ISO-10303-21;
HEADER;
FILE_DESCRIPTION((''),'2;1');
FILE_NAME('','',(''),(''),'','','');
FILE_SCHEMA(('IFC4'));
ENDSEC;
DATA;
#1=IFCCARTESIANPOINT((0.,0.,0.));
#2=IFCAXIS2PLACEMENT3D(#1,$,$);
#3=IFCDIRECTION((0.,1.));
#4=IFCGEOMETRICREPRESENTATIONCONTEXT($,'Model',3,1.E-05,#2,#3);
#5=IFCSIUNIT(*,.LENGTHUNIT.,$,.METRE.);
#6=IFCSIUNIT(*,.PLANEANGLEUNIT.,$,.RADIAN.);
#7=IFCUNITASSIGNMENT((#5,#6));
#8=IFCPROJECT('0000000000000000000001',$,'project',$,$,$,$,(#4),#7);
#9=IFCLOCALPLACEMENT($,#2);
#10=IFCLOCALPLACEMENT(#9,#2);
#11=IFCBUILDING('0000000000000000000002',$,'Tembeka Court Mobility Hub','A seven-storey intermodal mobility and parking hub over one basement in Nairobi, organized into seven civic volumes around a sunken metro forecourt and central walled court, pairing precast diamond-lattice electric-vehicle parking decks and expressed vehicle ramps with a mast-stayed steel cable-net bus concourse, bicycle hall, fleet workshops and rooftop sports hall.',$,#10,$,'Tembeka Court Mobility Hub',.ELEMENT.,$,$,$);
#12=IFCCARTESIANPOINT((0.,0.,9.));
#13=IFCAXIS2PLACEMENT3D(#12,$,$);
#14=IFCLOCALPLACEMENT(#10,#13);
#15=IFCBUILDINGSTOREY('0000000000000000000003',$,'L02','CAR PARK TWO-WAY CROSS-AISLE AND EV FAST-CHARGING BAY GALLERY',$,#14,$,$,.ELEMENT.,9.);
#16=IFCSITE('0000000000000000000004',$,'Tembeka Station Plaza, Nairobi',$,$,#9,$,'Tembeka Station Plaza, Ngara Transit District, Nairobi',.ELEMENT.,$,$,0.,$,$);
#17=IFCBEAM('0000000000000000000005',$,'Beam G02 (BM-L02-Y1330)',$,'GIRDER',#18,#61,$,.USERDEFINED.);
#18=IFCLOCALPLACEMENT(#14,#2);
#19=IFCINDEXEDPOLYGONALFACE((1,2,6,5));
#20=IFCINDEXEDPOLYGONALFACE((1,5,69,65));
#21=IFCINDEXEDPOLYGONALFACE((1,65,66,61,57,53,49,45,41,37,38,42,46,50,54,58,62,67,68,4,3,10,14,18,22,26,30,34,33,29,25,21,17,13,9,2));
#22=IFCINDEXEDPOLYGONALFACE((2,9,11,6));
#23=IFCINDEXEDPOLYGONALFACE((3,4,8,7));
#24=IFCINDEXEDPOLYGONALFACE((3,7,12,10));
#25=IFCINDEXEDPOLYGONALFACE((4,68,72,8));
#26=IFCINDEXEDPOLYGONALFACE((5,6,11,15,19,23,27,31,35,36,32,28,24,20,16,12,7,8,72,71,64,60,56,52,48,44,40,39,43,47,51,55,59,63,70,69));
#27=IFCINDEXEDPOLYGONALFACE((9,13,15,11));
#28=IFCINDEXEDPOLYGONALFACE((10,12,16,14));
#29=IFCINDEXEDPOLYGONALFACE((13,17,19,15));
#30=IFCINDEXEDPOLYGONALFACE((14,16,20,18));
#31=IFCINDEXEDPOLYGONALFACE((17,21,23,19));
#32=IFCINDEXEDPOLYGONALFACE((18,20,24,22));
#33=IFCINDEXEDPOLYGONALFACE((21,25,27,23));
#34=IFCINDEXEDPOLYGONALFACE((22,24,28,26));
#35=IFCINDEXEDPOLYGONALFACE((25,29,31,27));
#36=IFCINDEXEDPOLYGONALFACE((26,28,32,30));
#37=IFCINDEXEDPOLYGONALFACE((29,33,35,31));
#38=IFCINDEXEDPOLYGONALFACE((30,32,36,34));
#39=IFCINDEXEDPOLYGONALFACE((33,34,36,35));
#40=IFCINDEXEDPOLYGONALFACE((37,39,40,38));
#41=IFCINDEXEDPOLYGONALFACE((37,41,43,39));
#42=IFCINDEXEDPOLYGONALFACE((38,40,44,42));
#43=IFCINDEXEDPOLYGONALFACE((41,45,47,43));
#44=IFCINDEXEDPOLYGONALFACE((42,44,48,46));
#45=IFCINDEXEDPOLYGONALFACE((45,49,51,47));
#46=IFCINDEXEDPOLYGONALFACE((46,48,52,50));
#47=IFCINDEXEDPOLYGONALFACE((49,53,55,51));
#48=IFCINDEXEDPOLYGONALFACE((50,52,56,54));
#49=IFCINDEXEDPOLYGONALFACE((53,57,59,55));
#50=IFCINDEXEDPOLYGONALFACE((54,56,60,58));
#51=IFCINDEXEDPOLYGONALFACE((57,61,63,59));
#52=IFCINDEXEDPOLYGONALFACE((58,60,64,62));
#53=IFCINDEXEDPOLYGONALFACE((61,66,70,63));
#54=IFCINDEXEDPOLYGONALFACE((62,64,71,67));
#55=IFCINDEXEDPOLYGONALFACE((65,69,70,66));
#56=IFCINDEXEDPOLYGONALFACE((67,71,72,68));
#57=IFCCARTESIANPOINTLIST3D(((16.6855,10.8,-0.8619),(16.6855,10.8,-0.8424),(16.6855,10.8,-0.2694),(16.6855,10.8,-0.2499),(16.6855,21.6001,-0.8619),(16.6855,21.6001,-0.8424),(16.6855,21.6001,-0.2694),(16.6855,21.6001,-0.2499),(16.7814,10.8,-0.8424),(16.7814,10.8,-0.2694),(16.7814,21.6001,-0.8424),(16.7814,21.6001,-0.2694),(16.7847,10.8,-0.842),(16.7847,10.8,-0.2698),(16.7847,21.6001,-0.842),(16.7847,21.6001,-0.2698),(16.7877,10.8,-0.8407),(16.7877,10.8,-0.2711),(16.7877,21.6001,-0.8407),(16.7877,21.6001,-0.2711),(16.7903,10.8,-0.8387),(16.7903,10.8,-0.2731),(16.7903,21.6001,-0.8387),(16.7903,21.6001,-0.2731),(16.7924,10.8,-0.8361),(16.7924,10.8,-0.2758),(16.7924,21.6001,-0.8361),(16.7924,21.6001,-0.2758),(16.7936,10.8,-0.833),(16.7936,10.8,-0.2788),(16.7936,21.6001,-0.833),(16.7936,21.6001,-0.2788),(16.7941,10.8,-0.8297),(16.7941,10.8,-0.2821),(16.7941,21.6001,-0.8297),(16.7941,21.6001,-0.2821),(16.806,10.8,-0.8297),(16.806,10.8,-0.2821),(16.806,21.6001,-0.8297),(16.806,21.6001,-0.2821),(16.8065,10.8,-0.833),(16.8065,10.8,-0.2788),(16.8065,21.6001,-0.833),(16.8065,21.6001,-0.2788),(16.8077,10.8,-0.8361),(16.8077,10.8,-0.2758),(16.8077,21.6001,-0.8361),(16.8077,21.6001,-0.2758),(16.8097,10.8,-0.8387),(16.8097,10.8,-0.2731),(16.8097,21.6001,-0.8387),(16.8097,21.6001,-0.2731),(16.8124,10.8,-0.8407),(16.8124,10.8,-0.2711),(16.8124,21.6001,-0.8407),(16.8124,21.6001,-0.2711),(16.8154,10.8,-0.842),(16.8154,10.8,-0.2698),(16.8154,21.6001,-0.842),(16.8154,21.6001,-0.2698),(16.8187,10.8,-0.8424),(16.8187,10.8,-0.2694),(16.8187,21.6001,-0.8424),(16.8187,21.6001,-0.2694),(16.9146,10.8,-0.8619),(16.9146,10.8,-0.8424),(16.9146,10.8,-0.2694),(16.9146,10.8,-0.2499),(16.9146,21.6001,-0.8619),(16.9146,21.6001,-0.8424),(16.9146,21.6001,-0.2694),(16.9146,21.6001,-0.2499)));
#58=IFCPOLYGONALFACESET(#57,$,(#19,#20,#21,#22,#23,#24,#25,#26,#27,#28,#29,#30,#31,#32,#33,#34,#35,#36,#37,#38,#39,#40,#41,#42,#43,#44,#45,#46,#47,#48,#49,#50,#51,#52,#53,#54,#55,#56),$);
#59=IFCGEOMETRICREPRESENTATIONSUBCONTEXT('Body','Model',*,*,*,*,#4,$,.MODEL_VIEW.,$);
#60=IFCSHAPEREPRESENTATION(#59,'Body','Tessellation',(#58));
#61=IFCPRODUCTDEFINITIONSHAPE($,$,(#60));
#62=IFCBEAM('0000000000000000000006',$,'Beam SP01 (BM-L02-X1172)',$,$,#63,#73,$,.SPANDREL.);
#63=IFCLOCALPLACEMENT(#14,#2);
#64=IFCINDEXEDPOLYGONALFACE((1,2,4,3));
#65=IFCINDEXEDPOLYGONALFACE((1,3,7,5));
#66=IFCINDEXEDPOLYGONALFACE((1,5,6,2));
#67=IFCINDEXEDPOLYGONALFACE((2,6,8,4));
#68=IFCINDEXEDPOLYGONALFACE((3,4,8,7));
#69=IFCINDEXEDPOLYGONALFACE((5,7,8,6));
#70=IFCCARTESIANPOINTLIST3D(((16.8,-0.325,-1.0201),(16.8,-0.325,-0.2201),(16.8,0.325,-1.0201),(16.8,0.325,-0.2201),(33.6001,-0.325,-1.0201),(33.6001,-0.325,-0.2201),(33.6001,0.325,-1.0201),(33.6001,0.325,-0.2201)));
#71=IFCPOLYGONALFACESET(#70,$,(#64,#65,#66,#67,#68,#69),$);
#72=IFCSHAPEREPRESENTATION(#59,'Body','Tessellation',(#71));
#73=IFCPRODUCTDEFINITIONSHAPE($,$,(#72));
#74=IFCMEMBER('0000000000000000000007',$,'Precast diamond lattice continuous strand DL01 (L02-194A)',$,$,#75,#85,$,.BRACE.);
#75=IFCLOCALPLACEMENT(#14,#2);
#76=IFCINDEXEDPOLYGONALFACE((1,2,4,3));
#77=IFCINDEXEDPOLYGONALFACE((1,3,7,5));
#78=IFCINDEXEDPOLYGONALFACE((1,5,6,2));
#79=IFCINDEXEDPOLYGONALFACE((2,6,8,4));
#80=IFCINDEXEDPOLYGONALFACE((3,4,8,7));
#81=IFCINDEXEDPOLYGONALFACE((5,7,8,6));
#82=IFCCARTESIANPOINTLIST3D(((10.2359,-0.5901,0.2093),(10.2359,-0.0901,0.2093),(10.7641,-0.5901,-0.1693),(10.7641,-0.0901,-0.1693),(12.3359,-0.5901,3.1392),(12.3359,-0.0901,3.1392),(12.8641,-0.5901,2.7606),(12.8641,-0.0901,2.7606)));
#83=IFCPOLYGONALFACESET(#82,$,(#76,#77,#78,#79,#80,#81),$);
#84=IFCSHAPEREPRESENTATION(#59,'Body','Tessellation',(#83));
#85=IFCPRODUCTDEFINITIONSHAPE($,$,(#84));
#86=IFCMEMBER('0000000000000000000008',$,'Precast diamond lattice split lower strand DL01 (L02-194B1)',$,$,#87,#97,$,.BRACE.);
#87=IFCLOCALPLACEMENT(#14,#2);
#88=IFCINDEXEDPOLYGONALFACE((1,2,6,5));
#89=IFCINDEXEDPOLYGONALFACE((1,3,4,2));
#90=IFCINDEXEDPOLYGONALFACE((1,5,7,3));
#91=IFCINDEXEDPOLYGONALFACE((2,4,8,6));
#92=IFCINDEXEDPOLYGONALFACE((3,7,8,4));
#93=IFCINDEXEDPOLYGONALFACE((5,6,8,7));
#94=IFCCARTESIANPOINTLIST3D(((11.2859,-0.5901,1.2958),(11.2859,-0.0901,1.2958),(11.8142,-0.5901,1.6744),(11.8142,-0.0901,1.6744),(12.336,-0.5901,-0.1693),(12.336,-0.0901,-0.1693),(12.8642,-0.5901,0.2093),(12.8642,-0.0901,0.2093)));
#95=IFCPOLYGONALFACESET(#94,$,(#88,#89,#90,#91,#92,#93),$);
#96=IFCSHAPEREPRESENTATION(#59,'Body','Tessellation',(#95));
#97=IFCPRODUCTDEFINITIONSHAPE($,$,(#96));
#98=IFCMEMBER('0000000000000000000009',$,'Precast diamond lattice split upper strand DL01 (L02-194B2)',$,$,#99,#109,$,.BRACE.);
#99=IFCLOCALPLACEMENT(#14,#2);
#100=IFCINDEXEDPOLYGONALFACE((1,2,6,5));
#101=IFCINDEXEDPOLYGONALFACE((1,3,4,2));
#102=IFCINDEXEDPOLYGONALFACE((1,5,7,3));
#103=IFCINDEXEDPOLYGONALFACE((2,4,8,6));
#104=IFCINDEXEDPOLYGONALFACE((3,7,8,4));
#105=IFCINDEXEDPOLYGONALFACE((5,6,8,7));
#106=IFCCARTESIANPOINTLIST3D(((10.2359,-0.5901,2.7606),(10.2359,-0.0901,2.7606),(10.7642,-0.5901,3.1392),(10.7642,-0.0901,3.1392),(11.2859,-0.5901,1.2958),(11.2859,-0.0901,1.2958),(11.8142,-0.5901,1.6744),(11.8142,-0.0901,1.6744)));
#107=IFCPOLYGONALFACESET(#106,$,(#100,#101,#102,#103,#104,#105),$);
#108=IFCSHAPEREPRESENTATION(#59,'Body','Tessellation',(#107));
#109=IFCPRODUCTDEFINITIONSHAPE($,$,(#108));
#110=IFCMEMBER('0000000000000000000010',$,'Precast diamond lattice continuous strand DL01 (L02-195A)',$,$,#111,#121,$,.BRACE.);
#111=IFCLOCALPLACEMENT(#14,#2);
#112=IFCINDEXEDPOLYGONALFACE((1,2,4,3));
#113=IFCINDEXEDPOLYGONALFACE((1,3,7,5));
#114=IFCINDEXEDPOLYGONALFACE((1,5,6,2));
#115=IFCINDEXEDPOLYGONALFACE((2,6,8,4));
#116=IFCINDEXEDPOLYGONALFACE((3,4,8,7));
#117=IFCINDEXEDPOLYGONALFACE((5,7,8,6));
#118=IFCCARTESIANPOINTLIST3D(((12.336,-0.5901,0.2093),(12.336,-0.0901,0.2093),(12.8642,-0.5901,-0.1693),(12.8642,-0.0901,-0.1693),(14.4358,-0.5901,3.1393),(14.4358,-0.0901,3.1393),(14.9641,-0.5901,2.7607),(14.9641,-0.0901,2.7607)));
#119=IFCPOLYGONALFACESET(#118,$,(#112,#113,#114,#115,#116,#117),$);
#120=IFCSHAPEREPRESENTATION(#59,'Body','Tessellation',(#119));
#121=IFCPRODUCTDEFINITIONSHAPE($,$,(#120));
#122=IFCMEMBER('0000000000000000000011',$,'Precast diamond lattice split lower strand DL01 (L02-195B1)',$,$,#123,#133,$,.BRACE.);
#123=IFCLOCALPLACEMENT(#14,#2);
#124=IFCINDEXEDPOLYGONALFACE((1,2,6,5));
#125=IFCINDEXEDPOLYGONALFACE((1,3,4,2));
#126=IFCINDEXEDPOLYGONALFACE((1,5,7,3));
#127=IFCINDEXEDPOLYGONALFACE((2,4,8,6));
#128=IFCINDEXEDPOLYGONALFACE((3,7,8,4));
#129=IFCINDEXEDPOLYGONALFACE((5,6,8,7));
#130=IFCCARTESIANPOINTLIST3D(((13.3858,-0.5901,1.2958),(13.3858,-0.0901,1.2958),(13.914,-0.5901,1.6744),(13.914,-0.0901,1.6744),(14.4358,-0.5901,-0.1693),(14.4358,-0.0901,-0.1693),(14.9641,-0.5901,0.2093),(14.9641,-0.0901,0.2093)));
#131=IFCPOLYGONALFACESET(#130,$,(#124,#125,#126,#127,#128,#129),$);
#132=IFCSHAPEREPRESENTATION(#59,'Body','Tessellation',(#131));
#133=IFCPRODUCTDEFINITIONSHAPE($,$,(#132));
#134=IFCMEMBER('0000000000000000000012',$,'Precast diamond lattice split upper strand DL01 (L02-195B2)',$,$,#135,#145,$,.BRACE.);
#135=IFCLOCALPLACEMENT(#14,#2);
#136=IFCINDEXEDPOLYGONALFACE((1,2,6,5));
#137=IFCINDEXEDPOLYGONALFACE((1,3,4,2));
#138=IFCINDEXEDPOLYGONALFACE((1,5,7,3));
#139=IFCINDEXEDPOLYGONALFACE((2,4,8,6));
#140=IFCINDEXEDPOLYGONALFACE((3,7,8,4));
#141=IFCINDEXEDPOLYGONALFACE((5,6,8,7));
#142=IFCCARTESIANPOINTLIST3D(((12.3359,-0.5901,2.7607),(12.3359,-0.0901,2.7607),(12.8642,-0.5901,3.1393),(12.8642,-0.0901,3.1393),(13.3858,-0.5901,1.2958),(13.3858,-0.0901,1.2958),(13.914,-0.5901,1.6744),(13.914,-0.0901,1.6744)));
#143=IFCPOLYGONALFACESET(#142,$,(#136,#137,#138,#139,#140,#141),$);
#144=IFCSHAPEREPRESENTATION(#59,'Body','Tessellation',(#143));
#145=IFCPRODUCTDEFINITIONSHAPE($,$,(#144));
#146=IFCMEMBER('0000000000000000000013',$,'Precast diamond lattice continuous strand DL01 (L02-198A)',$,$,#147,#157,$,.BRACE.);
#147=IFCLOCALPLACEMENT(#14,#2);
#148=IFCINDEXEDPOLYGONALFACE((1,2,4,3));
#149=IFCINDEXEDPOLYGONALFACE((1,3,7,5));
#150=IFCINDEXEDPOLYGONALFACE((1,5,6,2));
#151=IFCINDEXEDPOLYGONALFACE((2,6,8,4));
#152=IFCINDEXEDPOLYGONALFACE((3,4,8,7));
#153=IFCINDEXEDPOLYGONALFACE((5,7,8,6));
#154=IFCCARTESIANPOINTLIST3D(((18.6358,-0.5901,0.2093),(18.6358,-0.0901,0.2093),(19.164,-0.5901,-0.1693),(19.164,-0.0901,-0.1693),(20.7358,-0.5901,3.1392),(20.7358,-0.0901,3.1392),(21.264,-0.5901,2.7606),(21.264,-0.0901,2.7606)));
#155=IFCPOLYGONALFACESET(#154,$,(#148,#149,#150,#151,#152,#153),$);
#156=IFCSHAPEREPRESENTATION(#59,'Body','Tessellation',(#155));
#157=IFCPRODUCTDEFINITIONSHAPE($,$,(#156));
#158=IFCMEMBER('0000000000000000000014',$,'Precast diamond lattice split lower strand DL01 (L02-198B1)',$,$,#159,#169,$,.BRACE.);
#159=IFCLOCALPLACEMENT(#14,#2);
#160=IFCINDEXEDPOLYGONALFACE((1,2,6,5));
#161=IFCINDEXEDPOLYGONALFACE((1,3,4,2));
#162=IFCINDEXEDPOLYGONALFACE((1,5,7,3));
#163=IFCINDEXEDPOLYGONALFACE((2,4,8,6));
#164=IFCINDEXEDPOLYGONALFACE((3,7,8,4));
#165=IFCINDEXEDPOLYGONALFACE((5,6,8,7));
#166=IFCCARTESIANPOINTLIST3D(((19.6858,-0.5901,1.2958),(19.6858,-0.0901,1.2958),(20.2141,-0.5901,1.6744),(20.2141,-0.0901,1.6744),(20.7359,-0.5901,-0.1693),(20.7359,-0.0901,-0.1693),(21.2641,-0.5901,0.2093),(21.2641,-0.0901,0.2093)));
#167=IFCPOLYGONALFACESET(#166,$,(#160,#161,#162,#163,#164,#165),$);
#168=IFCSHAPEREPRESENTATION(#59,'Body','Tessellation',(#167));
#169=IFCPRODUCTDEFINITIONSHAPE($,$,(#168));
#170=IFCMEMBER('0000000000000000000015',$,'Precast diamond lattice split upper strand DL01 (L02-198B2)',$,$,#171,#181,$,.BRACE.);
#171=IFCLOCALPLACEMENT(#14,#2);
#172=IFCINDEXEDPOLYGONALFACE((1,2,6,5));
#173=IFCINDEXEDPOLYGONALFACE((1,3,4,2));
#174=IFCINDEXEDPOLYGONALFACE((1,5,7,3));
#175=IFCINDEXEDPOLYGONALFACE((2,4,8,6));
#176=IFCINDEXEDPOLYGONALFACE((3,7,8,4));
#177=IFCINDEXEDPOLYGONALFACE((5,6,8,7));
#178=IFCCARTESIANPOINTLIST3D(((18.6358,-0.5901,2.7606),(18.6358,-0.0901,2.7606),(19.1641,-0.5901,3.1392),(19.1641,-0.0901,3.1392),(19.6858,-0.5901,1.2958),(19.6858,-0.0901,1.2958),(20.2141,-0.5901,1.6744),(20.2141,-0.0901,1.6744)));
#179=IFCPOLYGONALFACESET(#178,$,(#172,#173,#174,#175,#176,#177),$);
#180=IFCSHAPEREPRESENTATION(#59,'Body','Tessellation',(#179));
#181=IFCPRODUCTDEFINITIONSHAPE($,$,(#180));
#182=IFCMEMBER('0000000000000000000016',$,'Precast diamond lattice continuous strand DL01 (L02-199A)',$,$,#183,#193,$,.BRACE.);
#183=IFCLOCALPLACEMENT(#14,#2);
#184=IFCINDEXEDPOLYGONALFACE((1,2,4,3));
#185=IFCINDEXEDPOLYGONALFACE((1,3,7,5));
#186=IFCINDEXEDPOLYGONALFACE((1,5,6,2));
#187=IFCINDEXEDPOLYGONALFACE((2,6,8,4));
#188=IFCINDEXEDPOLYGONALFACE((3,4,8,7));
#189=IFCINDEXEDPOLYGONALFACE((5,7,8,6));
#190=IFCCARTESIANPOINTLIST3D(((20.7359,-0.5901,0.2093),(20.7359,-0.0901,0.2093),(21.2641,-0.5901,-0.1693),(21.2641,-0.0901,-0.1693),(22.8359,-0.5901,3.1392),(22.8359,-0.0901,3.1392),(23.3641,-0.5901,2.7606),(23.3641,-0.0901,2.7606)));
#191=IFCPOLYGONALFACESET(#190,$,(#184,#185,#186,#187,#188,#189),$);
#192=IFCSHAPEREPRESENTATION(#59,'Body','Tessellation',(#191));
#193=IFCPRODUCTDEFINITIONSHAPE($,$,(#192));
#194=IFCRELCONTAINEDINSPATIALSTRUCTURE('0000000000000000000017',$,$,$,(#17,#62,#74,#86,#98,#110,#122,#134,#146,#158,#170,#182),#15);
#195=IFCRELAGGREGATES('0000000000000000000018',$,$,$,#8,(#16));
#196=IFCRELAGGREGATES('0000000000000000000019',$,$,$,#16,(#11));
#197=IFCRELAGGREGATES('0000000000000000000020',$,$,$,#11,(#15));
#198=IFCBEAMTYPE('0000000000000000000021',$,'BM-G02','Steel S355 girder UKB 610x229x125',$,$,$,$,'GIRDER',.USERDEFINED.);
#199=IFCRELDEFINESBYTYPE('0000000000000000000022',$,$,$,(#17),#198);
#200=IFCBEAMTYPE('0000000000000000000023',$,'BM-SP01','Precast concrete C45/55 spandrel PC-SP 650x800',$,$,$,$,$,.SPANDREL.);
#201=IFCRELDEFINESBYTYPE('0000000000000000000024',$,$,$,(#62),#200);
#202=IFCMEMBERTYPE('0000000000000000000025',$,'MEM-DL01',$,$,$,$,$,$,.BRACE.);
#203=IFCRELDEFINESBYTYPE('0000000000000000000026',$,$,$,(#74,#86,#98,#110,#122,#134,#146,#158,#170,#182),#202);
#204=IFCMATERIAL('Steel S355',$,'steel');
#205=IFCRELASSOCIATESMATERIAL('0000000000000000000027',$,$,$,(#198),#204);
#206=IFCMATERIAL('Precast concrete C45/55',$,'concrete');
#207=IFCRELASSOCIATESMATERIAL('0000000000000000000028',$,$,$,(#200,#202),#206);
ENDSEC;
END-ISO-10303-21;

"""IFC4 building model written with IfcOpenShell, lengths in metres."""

from ifc_helpers import new_model, si_unit, direction, frame, origin, origin_2d, place, context, subcontext, project, spatial, rectangle, i_section, extrude, material, material_profile, profile_set, type_object, element, save


model = new_model("IFC4")

# Units and contexts
model_context = context("Model", 3, precision=1e-05, world=origin(), true_north=direction((0.0, 1.0)))
body_context = subcontext(model_context, "Body", "Model", "MODEL_VIEW")
ifc_project = project(units=[si_unit("LENGTHUNIT", "METRE"), si_unit("PLANEANGLEUNIT", "RADIAN")], contexts=[model_context])

# Site, building, storey
site_placement = place(None, origin())
site = spatial("IfcSite", under=ifc_project, at=site_placement, Name="Tembeka Station Plaza, Nairobi", LongName="Tembeka Station Plaza, Ngara Transit District, Nairobi", CompositionType="ELEMENT", RefElevation=0.0)
building_placement = place(site_placement, origin())
building = spatial("IfcBuilding", under=site, at=building_placement, Name="Tembeka Court Mobility Hub", Description="A seven-storey intermodal mobility and parking hub over one basement in Nairobi, organized into seven civic volumes around a sunken metro forecourt and central walled court, pairing precast diamond-lattice electric-vehicle parking decks and expressed vehicle ramps with a mast-stayed steel cable-net bus concourse, bicycle hall, fleet workshops and rooftop sports hall.", LongName="Tembeka Court Mobility Hub", CompositionType="ELEMENT")
storey_placement = place(building_placement, frame((0.0, 0.0, 9.0)))
storey = spatial("IfcBuildingStorey", under=building, at=storey_placement, Name="L02", Description="CAR PARK TWO-WAY CROSS-AISLE AND EV FAST-CHARGING BAY GALLERY", CompositionType="ELEMENT", Elevation=9.0)

# Shared definitions
ifc_material_1 = material(Name="Steel S355", Category="steel")

# Beams
ifc_material_profile_1 = material_profile(ifc_material_1, i_section(OverallWidth=0.229, OverallDepth=0.6121, WebThickness=0.012, FlangeThickness=0.0195, FilletRadius=0.0127, at=origin_2d()), Name="UKB 610x229x125")
ifc_profile_set_1 = profile_set([ifc_material_profile_1], Name="Steel S355")
beam_type_1 = type_object("IfcBeamType", Name="BM-G02", Description="Steel S355 girder UKB 610x229x125", ElementType="GIRDER", PredefinedType="USERDEFINED", material=ifc_profile_set_1)
for number, where, z_axis, x_axis, name in (
    (1, (16.8, 10.8, -0.5559), (0.0, 1.0, 0.0), (-1.0, 0.0, 0.0), "Beam G02 (BM-L02-Y1330)"),
):
    element("IfcBeam", number, at=place(storey_placement, frame(where, z_axis=z_axis, x_axis=x_axis)), inside=storey, type_object=beam_type_1, Name=name, ObjectType="GIRDER", PredefinedType="USERDEFINED", context=body_context, shape_type="SweptSolid", body=[
        extrude(i_section(OverallWidth=0.229, OverallDepth=0.6121, WebThickness=0.012, FlangeThickness=0.0195, FilletRadius=0.0127, at=origin_2d()), origin(), (0.0, 0.0, 1.0), 10.8),
    ])
ifc_material_2 = material(Name="Precast concrete C45/55", Category="concrete")
ifc_material_profile_2 = material_profile(ifc_material_2, rectangle(XDim=0.6499, YDim=0.8, at=origin_2d()), Name="PC-SP 650x800")
ifc_profile_set_2 = profile_set([ifc_material_profile_2], Name="Precast concrete C45/55")
beam_type_2 = type_object("IfcBeamType", Name="BM-SP01", Description="Precast concrete C45/55 spandrel PC-SP 650x800", PredefinedType="SPANDREL", material=ifc_profile_set_2)
beam_placement = place(storey_placement, frame((16.8, 0.0, -0.6201), z_axis=(1.0, 0.0, 0.0), x_axis=(0.0, 1.0, 0.0)))
element("IfcBeam", 2, at=beam_placement, inside=storey, type_object=beam_type_2, Name="Beam SP01 (BM-L02-X1172)", PredefinedType="SPANDREL", context=body_context, shape_type="SweptSolid", body=[
    extrude(rectangle(XDim=0.6499, YDim=0.8, at=origin_2d()), origin(), (0.0, 0.0, 1.0), 16.8),
])

# Members
ifc_material_profile_3 = material_profile(ifc_material_2, rectangle(XDim=0.5, YDim=0.6499, at=origin_2d()), Name="PC-DIAG 500x650")
ifc_profile_set_3 = profile_set([ifc_material_profile_3], Name="Precast concrete C45/55")
member_type_1 = type_object("IfcMemberType", Name="MEM-DL01", PredefinedType="BRACE", material=ifc_profile_set_3)
member_1_placement = place(storey_placement, frame((10.5, -0.3401, 0.02), z_axis=(0.582576, 0.0, 0.812776), x_axis=(0.0, 1.0, 0.0)))
element("IfcMember", 3, at=member_1_placement, inside=storey, type_object=member_type_1, Name="Precast diamond lattice continuous strand DL01 (L02-194A)", PredefinedType="BRACE", context=body_context, shape_type="SweptSolid", body=[
    extrude(rectangle(XDim=0.5, YDim=0.6499, at=origin_2d()), origin(), (0.0, 0.0, 1.0), 3.6047),
])
member_2_placement = place(storey_placement, frame((12.6001, -0.3401, 0.02), z_axis=(-0.582544, 0.0, 0.812799), x_axis=(0.0, -1.0, 0.0)))
element("IfcMember", 4, at=member_2_placement, inside=storey, type_object=member_type_1, Name="Precast diamond lattice split lower strand DL01 (L02-194B1)", PredefinedType="BRACE", context=body_context, shape_type="SweptSolid", body=[
    extrude(rectangle(XDim=0.5, YDim=0.6499, at=origin_2d()), origin(), (0.0, 0.0, 1.0), 1.8025),
])
member_3_placement = place(storey_placement, frame((11.55, -0.3401, 1.4851), z_axis=(-0.582608, 0.0, 0.812753), x_axis=(0.0, -1.0, 0.0)))
element("IfcMember", 5, at=member_3_placement, inside=storey, type_object=member_type_1, Name="Precast diamond lattice split upper strand DL01 (L02-194B2)", PredefinedType="BRACE", context=body_context, shape_type="SweptSolid", body=[
    extrude(rectangle(XDim=0.5, YDim=0.6499, at=origin_2d()), origin(), (0.0, 0.0, 1.0), 1.8022),
])
member_4_placement = place(storey_placement, frame((12.6001, -0.3401, 0.02), z_axis=(0.582532, 0.0, 0.812808), x_axis=(0.0, 1.0, 0.0)))
element("IfcMember", 6, at=member_4_placement, inside=storey, type_object=member_type_1, Name="Precast diamond lattice continuous strand DL01 (L02-195A)", PredefinedType="BRACE", context=body_context, shape_type="SweptSolid", body=[
    extrude(rectangle(XDim=0.5, YDim=0.6499, at=origin_2d()), origin(), (0.0, 0.0, 1.0), 3.6047),
])
member_5_placement = place(storey_placement, frame((14.7, -0.3401, 0.02), z_axis=(-0.582544, 0.0, 0.812799), x_axis=(0.0, -1.0, 0.0)))
element("IfcMember", 7, at=member_5_placement, inside=storey, type_object=member_type_1, Name="Precast diamond lattice split lower strand DL01 (L02-195B1)", PredefinedType="BRACE", context=body_context, shape_type="SweptSolid", body=[
    extrude(rectangle(XDim=0.5, YDim=0.6499, at=origin_2d()), origin(), (0.0, 0.0, 1.0), 1.8025),
])
member_6_placement = place(storey_placement, frame((13.6499, -0.3401, 1.4851), z_axis=(-0.582519, 0.0, 0.812817), x_axis=(0.0, -1.0, 0.0)))
element("IfcMember", 8, at=member_6_placement, inside=storey, type_object=member_type_1, Name="Precast diamond lattice split upper strand DL01 (L02-195B2)", PredefinedType="BRACE", context=body_context, shape_type="SweptSolid", body=[
    extrude(rectangle(XDim=0.5, YDim=0.6499, at=origin_2d()), origin(), (0.0, 0.0, 1.0), 1.8022),
])
member_7_placement = place(storey_placement, frame((18.8999, -0.3401, 0.02), z_axis=(0.582576, 0.0, 0.812776), x_axis=(0.0, 1.0, 0.0)))
element("IfcMember", 9, at=member_7_placement, inside=storey, type_object=member_type_1, Name="Precast diamond lattice continuous strand DL01 (L02-198A)", PredefinedType="BRACE", context=body_context, shape_type="SweptSolid", body=[
    extrude(rectangle(XDim=0.5, YDim=0.6499, at=origin_2d()), origin(), (0.0, 0.0, 1.0), 3.6047),
])
member_8_placement = place(storey_placement, frame((21.0, -0.3401, 0.02), z_axis=(-0.582544, 0.0, 0.812799), x_axis=(0.0, -1.0, 0.0)))
element("IfcMember", 10, at=member_8_placement, inside=storey, type_object=member_type_1, Name="Precast diamond lattice split lower strand DL01 (L02-198B1)", PredefinedType="BRACE", context=body_context, shape_type="SweptSolid", body=[
    extrude(rectangle(XDim=0.5, YDim=0.6499, at=origin_2d()), origin(), (0.0, 0.0, 1.0), 1.8025),
])
member_9_placement = place(storey_placement, frame((19.95, -0.3401, 1.4851), z_axis=(-0.582608, 0.0, 0.812753), x_axis=(0.0, -1.0, 0.0)))
element("IfcMember", 11, at=member_9_placement, inside=storey, type_object=member_type_1, Name="Precast diamond lattice split upper strand DL01 (L02-198B2)", PredefinedType="BRACE", context=body_context, shape_type="SweptSolid", body=[
    extrude(rectangle(XDim=0.5, YDim=0.6499, at=origin_2d()), origin(), (0.0, 0.0, 1.0), 1.8022),
])
member_10_placement = place(storey_placement, frame((21.0, -0.3401, 0.02), z_axis=(0.582576, 0.0, 0.812776), x_axis=(0.0, 1.0, 0.0)))
element("IfcMember", 12, at=member_10_placement, inside=storey, type_object=member_type_1, Name="Precast diamond lattice continuous strand DL01 (L02-199A)", PredefinedType="BRACE", context=body_context, shape_type="SweptSolid", body=[
    extrude(rectangle(XDim=0.5, YDim=0.6499, at=origin_2d()), origin(), (0.0, 0.0, 1.0), 3.6047),
])

save(model, "model.ifc")
